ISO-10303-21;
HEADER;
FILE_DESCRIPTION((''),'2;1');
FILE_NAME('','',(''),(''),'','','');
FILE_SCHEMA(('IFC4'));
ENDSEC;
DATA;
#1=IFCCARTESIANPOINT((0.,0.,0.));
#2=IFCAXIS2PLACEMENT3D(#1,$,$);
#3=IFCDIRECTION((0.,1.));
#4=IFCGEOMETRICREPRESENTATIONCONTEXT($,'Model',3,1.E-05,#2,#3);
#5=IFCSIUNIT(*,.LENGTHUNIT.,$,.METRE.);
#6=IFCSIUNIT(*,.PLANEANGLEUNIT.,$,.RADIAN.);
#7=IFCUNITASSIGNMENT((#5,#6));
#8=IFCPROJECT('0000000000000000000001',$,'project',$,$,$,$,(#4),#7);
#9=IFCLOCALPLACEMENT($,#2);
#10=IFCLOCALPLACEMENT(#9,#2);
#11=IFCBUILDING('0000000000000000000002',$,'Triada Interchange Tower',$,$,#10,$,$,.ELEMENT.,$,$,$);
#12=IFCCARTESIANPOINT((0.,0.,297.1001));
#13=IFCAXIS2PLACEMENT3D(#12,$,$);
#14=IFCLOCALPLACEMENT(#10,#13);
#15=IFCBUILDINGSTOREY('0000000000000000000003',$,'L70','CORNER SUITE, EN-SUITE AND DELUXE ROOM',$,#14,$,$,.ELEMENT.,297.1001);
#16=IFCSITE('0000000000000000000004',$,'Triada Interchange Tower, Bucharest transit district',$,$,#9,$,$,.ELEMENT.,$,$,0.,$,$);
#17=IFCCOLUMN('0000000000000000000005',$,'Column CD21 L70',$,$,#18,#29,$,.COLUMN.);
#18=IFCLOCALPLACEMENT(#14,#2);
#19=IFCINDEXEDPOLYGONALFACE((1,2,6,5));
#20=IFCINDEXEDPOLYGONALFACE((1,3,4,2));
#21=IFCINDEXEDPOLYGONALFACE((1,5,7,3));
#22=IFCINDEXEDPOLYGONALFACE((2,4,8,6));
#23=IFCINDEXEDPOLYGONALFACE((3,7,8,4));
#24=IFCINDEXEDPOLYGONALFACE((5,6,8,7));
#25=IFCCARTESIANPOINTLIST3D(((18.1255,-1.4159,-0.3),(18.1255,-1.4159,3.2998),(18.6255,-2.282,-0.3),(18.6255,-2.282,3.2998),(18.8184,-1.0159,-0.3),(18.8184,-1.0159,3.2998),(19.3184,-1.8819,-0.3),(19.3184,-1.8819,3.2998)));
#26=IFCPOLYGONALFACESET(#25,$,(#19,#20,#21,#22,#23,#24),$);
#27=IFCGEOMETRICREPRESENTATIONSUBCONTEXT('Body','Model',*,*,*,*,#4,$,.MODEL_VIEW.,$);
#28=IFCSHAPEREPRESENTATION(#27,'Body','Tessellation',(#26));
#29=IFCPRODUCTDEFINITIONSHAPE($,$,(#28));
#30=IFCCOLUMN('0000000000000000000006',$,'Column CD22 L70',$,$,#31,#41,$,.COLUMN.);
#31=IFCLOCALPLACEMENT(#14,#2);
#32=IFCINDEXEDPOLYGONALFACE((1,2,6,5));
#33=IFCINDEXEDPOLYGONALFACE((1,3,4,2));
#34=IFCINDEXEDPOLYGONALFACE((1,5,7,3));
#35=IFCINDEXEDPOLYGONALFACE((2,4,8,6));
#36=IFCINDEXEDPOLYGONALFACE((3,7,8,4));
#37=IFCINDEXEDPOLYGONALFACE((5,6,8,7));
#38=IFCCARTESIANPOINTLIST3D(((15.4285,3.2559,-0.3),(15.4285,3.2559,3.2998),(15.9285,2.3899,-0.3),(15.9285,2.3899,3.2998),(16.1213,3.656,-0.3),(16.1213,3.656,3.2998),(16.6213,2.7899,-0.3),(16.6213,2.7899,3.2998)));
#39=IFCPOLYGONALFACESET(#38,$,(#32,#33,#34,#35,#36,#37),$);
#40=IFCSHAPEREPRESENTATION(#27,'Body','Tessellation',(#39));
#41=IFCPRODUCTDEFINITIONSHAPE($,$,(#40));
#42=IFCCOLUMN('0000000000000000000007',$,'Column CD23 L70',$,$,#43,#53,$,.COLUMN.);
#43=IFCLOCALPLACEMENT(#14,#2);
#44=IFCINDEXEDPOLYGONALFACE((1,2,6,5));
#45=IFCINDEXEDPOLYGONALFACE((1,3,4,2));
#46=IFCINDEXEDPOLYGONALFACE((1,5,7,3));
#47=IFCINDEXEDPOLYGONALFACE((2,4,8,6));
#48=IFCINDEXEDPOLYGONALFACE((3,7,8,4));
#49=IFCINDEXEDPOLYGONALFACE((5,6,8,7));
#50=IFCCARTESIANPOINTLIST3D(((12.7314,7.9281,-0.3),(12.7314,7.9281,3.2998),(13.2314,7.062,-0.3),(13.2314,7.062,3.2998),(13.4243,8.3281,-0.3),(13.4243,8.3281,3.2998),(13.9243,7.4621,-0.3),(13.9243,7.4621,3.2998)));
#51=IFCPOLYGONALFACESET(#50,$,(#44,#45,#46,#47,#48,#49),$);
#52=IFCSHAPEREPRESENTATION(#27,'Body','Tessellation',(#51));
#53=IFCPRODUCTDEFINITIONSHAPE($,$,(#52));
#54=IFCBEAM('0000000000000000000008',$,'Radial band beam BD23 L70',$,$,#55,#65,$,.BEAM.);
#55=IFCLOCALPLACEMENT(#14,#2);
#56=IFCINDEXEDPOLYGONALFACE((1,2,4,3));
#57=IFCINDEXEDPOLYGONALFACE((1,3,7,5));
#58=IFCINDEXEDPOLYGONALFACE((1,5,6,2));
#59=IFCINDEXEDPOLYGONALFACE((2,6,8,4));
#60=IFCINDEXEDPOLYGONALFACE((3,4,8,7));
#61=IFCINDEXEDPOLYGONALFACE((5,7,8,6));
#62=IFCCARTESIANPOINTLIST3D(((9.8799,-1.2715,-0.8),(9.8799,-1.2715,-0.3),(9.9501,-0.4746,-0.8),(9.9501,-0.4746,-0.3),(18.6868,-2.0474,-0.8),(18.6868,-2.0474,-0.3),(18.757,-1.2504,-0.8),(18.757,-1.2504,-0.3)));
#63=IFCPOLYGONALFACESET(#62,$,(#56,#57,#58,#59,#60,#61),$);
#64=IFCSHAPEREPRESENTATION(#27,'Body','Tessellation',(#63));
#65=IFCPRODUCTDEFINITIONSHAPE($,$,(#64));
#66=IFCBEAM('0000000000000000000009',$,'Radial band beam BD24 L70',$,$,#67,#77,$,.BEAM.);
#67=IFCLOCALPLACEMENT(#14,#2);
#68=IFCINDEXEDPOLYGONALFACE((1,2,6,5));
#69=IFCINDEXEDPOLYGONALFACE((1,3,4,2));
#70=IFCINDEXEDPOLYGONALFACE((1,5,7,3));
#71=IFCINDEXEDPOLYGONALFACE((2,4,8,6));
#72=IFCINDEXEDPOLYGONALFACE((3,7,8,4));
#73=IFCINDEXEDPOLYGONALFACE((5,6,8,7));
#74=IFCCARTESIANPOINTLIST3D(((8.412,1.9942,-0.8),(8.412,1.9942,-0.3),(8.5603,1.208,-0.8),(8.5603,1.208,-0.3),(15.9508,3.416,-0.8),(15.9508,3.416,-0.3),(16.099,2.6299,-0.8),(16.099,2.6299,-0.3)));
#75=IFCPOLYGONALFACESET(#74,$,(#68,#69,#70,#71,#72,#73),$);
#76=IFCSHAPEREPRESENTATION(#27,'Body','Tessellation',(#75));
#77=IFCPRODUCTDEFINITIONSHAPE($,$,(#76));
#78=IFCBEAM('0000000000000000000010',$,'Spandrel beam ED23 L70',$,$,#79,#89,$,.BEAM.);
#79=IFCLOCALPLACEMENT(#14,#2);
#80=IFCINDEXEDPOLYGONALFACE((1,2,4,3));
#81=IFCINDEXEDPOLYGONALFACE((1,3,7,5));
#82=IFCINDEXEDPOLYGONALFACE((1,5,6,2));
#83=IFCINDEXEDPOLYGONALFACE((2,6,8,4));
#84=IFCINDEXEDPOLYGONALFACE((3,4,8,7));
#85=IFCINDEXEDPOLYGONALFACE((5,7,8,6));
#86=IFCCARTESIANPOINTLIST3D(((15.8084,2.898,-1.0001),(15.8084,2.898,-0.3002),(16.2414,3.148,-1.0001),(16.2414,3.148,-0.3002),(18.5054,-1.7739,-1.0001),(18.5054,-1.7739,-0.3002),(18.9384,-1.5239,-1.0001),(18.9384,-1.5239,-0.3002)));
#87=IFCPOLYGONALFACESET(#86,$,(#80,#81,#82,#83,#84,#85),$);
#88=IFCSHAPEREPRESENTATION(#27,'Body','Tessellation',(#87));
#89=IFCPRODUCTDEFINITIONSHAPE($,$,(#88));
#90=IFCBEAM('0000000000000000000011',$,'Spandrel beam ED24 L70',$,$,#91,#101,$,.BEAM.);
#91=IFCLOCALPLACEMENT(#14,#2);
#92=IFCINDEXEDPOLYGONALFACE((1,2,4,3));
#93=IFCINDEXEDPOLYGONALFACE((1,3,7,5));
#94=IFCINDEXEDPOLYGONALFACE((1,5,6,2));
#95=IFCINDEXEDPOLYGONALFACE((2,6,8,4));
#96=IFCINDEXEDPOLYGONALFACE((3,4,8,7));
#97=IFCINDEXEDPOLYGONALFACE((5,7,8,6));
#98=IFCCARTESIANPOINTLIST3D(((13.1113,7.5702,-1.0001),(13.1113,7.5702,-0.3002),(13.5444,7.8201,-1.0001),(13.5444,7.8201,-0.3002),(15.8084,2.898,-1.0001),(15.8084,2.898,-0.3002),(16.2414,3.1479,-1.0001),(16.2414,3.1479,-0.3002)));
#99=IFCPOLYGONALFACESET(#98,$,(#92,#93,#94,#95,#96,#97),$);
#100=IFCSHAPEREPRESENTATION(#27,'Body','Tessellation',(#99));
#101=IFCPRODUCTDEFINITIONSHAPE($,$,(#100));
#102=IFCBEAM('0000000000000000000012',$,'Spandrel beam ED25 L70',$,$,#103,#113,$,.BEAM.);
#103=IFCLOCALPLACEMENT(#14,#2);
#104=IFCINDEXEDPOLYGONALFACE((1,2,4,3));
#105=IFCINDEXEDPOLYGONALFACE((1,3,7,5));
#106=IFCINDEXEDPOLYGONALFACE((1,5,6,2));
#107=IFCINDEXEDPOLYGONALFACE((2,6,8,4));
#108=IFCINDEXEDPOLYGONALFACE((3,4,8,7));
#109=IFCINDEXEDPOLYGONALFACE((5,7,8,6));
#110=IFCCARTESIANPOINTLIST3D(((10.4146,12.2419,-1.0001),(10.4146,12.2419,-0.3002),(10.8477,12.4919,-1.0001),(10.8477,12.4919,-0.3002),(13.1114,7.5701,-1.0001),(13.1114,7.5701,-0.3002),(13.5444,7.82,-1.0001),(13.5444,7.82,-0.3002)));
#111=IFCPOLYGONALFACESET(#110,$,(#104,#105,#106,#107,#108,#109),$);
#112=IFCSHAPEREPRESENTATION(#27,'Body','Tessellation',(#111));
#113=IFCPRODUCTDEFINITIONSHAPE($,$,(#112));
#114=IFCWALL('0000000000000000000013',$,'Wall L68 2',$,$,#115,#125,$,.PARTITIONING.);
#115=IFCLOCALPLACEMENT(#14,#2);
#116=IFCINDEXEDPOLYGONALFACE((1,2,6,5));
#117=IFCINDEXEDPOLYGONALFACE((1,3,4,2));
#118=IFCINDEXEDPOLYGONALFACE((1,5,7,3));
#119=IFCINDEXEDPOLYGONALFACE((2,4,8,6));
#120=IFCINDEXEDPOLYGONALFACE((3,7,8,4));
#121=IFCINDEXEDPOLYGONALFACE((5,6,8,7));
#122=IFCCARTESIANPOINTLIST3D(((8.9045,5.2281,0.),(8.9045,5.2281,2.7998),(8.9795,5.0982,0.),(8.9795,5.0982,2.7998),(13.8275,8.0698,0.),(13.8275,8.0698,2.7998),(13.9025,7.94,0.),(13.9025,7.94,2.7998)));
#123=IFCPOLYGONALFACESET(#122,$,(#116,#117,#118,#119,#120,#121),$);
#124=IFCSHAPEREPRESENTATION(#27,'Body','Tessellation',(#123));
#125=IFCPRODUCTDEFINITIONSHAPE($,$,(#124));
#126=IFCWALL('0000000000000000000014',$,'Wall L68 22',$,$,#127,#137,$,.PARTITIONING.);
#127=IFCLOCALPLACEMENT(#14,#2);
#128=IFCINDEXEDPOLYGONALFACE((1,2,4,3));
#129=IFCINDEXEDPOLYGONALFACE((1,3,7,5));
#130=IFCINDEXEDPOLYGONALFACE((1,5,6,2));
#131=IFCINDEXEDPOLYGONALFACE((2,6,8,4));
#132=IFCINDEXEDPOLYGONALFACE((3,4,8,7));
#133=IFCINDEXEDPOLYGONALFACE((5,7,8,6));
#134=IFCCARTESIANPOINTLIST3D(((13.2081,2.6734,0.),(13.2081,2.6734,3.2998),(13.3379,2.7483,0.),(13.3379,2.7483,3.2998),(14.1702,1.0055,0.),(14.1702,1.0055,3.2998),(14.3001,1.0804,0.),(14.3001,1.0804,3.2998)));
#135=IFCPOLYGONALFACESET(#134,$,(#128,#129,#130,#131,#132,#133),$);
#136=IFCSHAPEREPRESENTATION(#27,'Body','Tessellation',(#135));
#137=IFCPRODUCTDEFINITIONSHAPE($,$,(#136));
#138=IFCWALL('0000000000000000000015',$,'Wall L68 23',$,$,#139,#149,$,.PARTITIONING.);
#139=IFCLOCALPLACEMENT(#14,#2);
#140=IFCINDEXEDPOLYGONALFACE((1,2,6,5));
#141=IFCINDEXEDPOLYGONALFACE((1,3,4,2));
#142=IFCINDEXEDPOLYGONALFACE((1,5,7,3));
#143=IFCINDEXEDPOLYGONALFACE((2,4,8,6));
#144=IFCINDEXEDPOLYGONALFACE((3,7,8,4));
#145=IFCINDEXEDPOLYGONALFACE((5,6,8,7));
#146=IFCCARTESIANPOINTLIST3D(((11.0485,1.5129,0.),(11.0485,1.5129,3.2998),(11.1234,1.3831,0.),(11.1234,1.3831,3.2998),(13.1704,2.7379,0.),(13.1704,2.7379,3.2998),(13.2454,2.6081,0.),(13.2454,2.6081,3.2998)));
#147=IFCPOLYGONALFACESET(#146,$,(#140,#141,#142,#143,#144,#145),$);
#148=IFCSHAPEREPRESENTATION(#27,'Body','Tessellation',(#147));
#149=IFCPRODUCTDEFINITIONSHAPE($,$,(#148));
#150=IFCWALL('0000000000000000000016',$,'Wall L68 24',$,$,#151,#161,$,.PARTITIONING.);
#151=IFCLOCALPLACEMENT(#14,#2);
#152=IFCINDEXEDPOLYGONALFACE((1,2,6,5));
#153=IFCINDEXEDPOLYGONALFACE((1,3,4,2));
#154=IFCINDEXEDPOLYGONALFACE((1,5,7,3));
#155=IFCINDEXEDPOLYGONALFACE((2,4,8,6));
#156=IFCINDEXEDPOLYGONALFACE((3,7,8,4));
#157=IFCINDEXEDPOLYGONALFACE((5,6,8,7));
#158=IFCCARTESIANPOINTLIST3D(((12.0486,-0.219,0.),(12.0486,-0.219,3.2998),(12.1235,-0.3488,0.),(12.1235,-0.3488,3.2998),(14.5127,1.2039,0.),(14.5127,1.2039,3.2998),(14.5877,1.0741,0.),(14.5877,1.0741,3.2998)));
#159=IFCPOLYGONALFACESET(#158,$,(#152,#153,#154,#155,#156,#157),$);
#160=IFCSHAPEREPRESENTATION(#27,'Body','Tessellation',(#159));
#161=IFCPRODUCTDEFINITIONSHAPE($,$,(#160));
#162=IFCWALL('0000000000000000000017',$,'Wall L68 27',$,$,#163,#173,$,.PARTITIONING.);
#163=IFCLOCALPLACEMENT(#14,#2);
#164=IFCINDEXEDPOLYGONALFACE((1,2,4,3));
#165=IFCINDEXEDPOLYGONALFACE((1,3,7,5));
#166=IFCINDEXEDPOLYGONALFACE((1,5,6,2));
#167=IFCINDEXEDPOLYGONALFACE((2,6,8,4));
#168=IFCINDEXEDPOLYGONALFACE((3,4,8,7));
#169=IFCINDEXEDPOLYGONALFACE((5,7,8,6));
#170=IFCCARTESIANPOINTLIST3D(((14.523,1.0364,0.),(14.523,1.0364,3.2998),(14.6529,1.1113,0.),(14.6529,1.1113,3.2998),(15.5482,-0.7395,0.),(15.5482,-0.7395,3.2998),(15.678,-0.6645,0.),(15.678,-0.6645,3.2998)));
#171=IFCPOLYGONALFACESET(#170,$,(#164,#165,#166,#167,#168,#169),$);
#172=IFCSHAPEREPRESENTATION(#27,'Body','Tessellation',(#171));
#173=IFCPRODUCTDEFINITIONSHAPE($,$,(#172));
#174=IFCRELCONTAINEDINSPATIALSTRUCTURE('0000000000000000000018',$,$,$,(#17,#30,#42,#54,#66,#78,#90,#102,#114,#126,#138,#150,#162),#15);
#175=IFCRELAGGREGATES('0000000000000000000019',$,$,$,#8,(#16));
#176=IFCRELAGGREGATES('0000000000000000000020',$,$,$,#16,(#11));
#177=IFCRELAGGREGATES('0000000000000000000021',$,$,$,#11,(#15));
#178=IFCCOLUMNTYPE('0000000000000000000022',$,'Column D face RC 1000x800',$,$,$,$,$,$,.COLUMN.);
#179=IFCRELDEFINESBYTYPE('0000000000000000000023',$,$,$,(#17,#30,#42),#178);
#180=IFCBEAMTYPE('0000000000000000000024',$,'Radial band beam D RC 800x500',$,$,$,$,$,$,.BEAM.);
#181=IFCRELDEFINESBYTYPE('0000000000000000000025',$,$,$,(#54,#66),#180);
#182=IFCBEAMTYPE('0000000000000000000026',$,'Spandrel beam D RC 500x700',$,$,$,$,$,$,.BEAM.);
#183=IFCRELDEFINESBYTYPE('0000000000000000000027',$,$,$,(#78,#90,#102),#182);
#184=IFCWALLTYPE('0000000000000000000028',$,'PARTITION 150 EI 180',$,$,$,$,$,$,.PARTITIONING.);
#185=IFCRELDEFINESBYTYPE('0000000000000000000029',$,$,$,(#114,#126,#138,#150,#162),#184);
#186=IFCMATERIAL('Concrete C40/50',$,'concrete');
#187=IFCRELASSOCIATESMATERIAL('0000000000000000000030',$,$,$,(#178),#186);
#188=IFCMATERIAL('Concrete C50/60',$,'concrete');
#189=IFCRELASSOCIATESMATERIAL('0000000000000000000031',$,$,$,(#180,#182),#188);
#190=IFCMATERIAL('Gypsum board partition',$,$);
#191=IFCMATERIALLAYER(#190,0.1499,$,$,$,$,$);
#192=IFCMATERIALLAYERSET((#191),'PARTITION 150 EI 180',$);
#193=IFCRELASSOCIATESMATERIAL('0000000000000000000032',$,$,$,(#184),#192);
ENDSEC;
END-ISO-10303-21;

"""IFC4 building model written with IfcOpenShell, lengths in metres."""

from ifc_helpers import new_model, si_unit, direction, frame, frame_2d, origin, origin_2d, place, context, subcontext, project, spatial, rectangle, extrude, material, layer, layer_set, material_profile, profile_set, type_object, element, save


model = new_model("IFC4")

# Units and contexts
model_context = context("Model", 3, precision=1e-05, world=origin(), true_north=direction((0.0, 1.0)))
body_context = subcontext(model_context, "Body", "Model", "MODEL_VIEW")
ifc_project = project(units=[si_unit("LENGTHUNIT", "METRE"), si_unit("PLANEANGLEUNIT", "RADIAN")], contexts=[model_context])

# Site, building, storey
site_placement = place(None, origin())
site = spatial("IfcSite", under=ifc_project, at=site_placement, Name="Triada Interchange Tower, Bucharest transit district", CompositionType="ELEMENT", RefElevation=0.0)
building_placement = place(site_placement, origin())
building = spatial("IfcBuilding", under=site, at=building_placement, Name="Triada Interchange Tower", CompositionType="ELEMENT")
storey_placement = place(building_placement, frame((0.0, 0.0, 297.1001)))
storey = spatial("IfcBuildingStorey", under=building, at=storey_placement, Name="L70", Description="CORNER SUITE, EN-SUITE AND DELUXE ROOM", CompositionType="ELEMENT", Elevation=297.1001)

# Columns
ifc_material_1 = material(Name="Concrete C40/50", Category="concrete")
ifc_material_profile_1 = material_profile(ifc_material_1, rectangle(XDim=1.0, YDim=0.8, at=origin_2d()), Name="RC 1000x800")
ifc_profile_set_1 = profile_set([ifc_material_profile_1], Name="Concrete C40/50")
column_type = type_object("IfcColumnType", Name="Column D face RC 1000x800", PredefinedType="COLUMN", material=ifc_profile_set_1)
for number, where, z_axis, x_axis, name in (
    (1, (18.7219, -1.6489, -0.3), (0.0, 0.0, 1.0), (-0.5, 0.866025, 0.0), "Column CD21 L70"),
    (2, (16.0249, 3.0229, -0.3), (0.0, 0.0, 1.0), (-0.5, 0.866025, 0.0), "Column CD22 L70"),
    (3, (13.3279, 7.6951, -0.3), (0.0, 0.0, 1.0), (-0.5, 0.866025, 0.0), "Column CD23 L70"),
):
    element("IfcColumn", number, at=place(storey_placement, frame(where, z_axis=z_axis, x_axis=x_axis)), inside=storey, type_object=column_type, Name=name, PredefinedType="COLUMN", context=body_context, shape_type="SweptSolid", body=[
        extrude(rectangle(XDim=1.0, YDim=0.8, at=origin_2d()), origin(), (0.0, 0.0, 1.0), 3.5999),
    ])

# Beams
ifc_material_2 = material(Name="Concrete C50/60", Category="concrete")
ifc_material_profile_2 = material_profile(ifc_material_2, rectangle(XDim=0.8, YDim=0.5, at=origin_2d()), Name="RC 800x500")
ifc_profile_set_2 = profile_set([ifc_material_profile_2], Name="Concrete C50/60")
beam_type_1 = type_object("IfcBeamType", Name="Radial band beam D RC 800x500", PredefinedType="BEAM", material=ifc_profile_set_2)
beam_1_placement = place(storey_placement, frame((18.7219, -1.6489, -0.55), z_axis=(-0.996142, 0.087759, 0.0), x_axis=(-0.087759, -0.996142, 0.0)))
element("IfcBeam", 4, at=beam_1_placement, inside=storey, type_object=beam_type_1, Name="Radial band beam BD23 L70", PredefinedType="BEAM", context=body_context, shape_type="SweptSolid", body=[
    extrude(rectangle(XDim=0.8, YDim=0.5, at=origin_2d()), origin(), (0.0, 0.0, 1.0), 8.8411),
])
beam_2_placement = place(storey_placement, frame((16.0249, 3.0229, -0.55), z_axis=(-0.982675, -0.185339, 0.0), x_axis=(0.185339, -0.982675, 0.0)))
element("IfcBeam", 5, at=beam_2_placement, inside=storey, type_object=beam_type_1, Name="Radial band beam BD24 L70", PredefinedType="BEAM", context=body_context, shape_type="SweptSolid", body=[
    extrude(rectangle(XDim=0.8, YDim=0.5, at=origin_2d()), origin(), (0.0, 0.0, 1.0), 7.6716),
])
ifc_material_profile_3 = material_profile(ifc_material_2, rectangle(XDim=0.5, YDim=0.7, at=origin_2d()), Name="RC 500x700")
ifc_profile_set_3 = profile_set([ifc_material_profile_3], Name="Concrete C50/60")
beam_type_2 = type_object("IfcBeamType", Name="Spandrel beam D RC 500x700", PredefinedType="BEAM", material=ifc_profile_set_3)
beam_3_placement = place(storey_placement, frame((18.7219, -1.6489, -0.6501), z_axis=(-0.49996, 0.866048, 0.0), x_axis=(-0.866048, -0.49996, 0.0)))
element("IfcBeam", 6, at=beam_3_placement, inside=storey, type_object=beam_type_2, Name="Spandrel beam ED23 L70", PredefinedType="BEAM", context=body_context, shape_type="SweptSolid", body=[
    extrude(rectangle(XDim=0.5, YDim=0.7, at=origin_2d()), origin(), (0.0, 0.0, 1.0), 5.3945),
])
beam_4_placement = place(storey_placement, frame((16.0249, 3.0229, -0.6501), z_axis=(-0.499941, 0.86606, 0.0), x_axis=(-0.86606, -0.499941, 0.0)))
element("IfcBeam", 7, at=beam_4_placement, inside=storey, type_object=beam_type_2, Name="Spandrel beam ED24 L70", PredefinedType="BEAM", context=body_context, shape_type="SweptSolid", body=[
    extrude(rectangle(XDim=0.5, YDim=0.7, at=origin_2d()), origin(), (0.0, 0.0, 1.0), 5.3948),
])
beam_5_placement = place(storey_placement, frame((13.3279, 7.6951, -0.6501), z_axis=(-0.499926, 0.866068, 0.0), x_axis=(-0.866068, -0.499926, 0.0)))
element("IfcBeam", 8, at=beam_5_placement, inside=storey, type_object=beam_type_2, Name="Spandrel beam ED25 L70", PredefinedType="BEAM", context=body_context, shape_type="SweptSolid", body=[
    extrude(rectangle(XDim=0.5, YDim=0.7, at=origin_2d()), origin(), (0.0, 0.0, 1.0), 5.3943),
])

# Walls
ifc_material_3 = material(Name="Gypsum board partition")
ifc_layer_1 = layer(ifc_material_3, 0.1499)
ifc_layer_set_1 = layer_set([ifc_layer_1], Name="PARTITION 150 EI 180")
wall_type_1 = type_object("IfcWallType", Name="PARTITION 150 EI 180", PredefinedType="PARTITIONING", material=ifc_layer_set_1)
wall_1_placement = place(storey_placement, frame((8.9419, 5.1631, 0.0), z_axis=(0.0, 0.0, 1.0), x_axis=(0.866068, 0.499927, 0.0)))
element("IfcWall", 9, at=wall_1_placement, inside=storey, type_object=wall_type_1, Name="Wall L68 2", PredefinedType="PARTITIONING", context=body_context, shape_type="SweptSolid", body=[
    extrude(rectangle(XDim=5.6843, YDim=0.1499, at=frame_2d((2.8423, 0.0))), origin(), (0.0, 0.0, 1.0), 2.7998),
])
wall_2_placement = place(storey_placement, frame((13.2729, 2.7109, 0.0), z_axis=(0.0, 0.0, 1.0), x_axis=(0.499671, -0.866215, 0.0)))
element("IfcWall", 10, at=wall_2_placement, inside=storey, type_object=wall_type_1, Name="Wall L68 22", PredefinedType="PARTITIONING", context=body_context, shape_type="SweptSolid", body=[
    extrude(rectangle(XDim=1.9255, YDim=0.1499, at=frame_2d((0.9629, 0.0))), origin(), (0.0, 0.0, 1.0), 3.2998),
])
wall_3_placement = place(storey_placement, frame((11.0859, 1.448, 0.0), z_axis=(0.0, 0.0, 1.0), x_axis=(0.86604, 0.499975, 0.0)))
element("IfcWall", 11, at=wall_3_placement, inside=storey, type_object=wall_type_1, Name="Wall L68 23", PredefinedType="PARTITIONING", context=body_context, shape_type="SweptSolid", body=[
    extrude(rectangle(XDim=2.4502, YDim=0.1499, at=frame_2d((1.2251, 0.0))), origin(), (0.0, 0.0, 1.0), 3.2998),
])
wall_4_placement = place(storey_placement, frame((12.0859, -0.2839, 0.0), z_axis=(0.0, 0.0, 1.0), x_axis=(0.865996, 0.500052, 0.0)))
element("IfcWall", 12, at=wall_4_placement, inside=storey, type_object=wall_type_1, Name="Wall L68 24", PredefinedType="PARTITIONING", context=body_context, shape_type="SweptSolid", body=[
    extrude(rectangle(XDim=2.8455, YDim=0.1499, at=frame_2d((1.4229, 0.0))), origin(), (0.0, 0.0, 1.0), 3.2998),
])
wall_5_placement = place(storey_placement, frame((14.5879, 1.074, 0.0), z_axis=(0.0, 0.0, 1.0), x_axis=(0.499942, -0.866059, 0.0)))
element("IfcWall", 13, at=wall_5_placement, inside=storey, type_object=wall_type_1, Name="Wall L68 27", PredefinedType="PARTITIONING", context=body_context, shape_type="SweptSolid", body=[
    extrude(rectangle(XDim=2.0505, YDim=0.1499, at=frame_2d((1.0254, 0.0))), origin(), (0.0, 0.0, 1.0), 3.2998),
])

save(model, "model.ifc")
